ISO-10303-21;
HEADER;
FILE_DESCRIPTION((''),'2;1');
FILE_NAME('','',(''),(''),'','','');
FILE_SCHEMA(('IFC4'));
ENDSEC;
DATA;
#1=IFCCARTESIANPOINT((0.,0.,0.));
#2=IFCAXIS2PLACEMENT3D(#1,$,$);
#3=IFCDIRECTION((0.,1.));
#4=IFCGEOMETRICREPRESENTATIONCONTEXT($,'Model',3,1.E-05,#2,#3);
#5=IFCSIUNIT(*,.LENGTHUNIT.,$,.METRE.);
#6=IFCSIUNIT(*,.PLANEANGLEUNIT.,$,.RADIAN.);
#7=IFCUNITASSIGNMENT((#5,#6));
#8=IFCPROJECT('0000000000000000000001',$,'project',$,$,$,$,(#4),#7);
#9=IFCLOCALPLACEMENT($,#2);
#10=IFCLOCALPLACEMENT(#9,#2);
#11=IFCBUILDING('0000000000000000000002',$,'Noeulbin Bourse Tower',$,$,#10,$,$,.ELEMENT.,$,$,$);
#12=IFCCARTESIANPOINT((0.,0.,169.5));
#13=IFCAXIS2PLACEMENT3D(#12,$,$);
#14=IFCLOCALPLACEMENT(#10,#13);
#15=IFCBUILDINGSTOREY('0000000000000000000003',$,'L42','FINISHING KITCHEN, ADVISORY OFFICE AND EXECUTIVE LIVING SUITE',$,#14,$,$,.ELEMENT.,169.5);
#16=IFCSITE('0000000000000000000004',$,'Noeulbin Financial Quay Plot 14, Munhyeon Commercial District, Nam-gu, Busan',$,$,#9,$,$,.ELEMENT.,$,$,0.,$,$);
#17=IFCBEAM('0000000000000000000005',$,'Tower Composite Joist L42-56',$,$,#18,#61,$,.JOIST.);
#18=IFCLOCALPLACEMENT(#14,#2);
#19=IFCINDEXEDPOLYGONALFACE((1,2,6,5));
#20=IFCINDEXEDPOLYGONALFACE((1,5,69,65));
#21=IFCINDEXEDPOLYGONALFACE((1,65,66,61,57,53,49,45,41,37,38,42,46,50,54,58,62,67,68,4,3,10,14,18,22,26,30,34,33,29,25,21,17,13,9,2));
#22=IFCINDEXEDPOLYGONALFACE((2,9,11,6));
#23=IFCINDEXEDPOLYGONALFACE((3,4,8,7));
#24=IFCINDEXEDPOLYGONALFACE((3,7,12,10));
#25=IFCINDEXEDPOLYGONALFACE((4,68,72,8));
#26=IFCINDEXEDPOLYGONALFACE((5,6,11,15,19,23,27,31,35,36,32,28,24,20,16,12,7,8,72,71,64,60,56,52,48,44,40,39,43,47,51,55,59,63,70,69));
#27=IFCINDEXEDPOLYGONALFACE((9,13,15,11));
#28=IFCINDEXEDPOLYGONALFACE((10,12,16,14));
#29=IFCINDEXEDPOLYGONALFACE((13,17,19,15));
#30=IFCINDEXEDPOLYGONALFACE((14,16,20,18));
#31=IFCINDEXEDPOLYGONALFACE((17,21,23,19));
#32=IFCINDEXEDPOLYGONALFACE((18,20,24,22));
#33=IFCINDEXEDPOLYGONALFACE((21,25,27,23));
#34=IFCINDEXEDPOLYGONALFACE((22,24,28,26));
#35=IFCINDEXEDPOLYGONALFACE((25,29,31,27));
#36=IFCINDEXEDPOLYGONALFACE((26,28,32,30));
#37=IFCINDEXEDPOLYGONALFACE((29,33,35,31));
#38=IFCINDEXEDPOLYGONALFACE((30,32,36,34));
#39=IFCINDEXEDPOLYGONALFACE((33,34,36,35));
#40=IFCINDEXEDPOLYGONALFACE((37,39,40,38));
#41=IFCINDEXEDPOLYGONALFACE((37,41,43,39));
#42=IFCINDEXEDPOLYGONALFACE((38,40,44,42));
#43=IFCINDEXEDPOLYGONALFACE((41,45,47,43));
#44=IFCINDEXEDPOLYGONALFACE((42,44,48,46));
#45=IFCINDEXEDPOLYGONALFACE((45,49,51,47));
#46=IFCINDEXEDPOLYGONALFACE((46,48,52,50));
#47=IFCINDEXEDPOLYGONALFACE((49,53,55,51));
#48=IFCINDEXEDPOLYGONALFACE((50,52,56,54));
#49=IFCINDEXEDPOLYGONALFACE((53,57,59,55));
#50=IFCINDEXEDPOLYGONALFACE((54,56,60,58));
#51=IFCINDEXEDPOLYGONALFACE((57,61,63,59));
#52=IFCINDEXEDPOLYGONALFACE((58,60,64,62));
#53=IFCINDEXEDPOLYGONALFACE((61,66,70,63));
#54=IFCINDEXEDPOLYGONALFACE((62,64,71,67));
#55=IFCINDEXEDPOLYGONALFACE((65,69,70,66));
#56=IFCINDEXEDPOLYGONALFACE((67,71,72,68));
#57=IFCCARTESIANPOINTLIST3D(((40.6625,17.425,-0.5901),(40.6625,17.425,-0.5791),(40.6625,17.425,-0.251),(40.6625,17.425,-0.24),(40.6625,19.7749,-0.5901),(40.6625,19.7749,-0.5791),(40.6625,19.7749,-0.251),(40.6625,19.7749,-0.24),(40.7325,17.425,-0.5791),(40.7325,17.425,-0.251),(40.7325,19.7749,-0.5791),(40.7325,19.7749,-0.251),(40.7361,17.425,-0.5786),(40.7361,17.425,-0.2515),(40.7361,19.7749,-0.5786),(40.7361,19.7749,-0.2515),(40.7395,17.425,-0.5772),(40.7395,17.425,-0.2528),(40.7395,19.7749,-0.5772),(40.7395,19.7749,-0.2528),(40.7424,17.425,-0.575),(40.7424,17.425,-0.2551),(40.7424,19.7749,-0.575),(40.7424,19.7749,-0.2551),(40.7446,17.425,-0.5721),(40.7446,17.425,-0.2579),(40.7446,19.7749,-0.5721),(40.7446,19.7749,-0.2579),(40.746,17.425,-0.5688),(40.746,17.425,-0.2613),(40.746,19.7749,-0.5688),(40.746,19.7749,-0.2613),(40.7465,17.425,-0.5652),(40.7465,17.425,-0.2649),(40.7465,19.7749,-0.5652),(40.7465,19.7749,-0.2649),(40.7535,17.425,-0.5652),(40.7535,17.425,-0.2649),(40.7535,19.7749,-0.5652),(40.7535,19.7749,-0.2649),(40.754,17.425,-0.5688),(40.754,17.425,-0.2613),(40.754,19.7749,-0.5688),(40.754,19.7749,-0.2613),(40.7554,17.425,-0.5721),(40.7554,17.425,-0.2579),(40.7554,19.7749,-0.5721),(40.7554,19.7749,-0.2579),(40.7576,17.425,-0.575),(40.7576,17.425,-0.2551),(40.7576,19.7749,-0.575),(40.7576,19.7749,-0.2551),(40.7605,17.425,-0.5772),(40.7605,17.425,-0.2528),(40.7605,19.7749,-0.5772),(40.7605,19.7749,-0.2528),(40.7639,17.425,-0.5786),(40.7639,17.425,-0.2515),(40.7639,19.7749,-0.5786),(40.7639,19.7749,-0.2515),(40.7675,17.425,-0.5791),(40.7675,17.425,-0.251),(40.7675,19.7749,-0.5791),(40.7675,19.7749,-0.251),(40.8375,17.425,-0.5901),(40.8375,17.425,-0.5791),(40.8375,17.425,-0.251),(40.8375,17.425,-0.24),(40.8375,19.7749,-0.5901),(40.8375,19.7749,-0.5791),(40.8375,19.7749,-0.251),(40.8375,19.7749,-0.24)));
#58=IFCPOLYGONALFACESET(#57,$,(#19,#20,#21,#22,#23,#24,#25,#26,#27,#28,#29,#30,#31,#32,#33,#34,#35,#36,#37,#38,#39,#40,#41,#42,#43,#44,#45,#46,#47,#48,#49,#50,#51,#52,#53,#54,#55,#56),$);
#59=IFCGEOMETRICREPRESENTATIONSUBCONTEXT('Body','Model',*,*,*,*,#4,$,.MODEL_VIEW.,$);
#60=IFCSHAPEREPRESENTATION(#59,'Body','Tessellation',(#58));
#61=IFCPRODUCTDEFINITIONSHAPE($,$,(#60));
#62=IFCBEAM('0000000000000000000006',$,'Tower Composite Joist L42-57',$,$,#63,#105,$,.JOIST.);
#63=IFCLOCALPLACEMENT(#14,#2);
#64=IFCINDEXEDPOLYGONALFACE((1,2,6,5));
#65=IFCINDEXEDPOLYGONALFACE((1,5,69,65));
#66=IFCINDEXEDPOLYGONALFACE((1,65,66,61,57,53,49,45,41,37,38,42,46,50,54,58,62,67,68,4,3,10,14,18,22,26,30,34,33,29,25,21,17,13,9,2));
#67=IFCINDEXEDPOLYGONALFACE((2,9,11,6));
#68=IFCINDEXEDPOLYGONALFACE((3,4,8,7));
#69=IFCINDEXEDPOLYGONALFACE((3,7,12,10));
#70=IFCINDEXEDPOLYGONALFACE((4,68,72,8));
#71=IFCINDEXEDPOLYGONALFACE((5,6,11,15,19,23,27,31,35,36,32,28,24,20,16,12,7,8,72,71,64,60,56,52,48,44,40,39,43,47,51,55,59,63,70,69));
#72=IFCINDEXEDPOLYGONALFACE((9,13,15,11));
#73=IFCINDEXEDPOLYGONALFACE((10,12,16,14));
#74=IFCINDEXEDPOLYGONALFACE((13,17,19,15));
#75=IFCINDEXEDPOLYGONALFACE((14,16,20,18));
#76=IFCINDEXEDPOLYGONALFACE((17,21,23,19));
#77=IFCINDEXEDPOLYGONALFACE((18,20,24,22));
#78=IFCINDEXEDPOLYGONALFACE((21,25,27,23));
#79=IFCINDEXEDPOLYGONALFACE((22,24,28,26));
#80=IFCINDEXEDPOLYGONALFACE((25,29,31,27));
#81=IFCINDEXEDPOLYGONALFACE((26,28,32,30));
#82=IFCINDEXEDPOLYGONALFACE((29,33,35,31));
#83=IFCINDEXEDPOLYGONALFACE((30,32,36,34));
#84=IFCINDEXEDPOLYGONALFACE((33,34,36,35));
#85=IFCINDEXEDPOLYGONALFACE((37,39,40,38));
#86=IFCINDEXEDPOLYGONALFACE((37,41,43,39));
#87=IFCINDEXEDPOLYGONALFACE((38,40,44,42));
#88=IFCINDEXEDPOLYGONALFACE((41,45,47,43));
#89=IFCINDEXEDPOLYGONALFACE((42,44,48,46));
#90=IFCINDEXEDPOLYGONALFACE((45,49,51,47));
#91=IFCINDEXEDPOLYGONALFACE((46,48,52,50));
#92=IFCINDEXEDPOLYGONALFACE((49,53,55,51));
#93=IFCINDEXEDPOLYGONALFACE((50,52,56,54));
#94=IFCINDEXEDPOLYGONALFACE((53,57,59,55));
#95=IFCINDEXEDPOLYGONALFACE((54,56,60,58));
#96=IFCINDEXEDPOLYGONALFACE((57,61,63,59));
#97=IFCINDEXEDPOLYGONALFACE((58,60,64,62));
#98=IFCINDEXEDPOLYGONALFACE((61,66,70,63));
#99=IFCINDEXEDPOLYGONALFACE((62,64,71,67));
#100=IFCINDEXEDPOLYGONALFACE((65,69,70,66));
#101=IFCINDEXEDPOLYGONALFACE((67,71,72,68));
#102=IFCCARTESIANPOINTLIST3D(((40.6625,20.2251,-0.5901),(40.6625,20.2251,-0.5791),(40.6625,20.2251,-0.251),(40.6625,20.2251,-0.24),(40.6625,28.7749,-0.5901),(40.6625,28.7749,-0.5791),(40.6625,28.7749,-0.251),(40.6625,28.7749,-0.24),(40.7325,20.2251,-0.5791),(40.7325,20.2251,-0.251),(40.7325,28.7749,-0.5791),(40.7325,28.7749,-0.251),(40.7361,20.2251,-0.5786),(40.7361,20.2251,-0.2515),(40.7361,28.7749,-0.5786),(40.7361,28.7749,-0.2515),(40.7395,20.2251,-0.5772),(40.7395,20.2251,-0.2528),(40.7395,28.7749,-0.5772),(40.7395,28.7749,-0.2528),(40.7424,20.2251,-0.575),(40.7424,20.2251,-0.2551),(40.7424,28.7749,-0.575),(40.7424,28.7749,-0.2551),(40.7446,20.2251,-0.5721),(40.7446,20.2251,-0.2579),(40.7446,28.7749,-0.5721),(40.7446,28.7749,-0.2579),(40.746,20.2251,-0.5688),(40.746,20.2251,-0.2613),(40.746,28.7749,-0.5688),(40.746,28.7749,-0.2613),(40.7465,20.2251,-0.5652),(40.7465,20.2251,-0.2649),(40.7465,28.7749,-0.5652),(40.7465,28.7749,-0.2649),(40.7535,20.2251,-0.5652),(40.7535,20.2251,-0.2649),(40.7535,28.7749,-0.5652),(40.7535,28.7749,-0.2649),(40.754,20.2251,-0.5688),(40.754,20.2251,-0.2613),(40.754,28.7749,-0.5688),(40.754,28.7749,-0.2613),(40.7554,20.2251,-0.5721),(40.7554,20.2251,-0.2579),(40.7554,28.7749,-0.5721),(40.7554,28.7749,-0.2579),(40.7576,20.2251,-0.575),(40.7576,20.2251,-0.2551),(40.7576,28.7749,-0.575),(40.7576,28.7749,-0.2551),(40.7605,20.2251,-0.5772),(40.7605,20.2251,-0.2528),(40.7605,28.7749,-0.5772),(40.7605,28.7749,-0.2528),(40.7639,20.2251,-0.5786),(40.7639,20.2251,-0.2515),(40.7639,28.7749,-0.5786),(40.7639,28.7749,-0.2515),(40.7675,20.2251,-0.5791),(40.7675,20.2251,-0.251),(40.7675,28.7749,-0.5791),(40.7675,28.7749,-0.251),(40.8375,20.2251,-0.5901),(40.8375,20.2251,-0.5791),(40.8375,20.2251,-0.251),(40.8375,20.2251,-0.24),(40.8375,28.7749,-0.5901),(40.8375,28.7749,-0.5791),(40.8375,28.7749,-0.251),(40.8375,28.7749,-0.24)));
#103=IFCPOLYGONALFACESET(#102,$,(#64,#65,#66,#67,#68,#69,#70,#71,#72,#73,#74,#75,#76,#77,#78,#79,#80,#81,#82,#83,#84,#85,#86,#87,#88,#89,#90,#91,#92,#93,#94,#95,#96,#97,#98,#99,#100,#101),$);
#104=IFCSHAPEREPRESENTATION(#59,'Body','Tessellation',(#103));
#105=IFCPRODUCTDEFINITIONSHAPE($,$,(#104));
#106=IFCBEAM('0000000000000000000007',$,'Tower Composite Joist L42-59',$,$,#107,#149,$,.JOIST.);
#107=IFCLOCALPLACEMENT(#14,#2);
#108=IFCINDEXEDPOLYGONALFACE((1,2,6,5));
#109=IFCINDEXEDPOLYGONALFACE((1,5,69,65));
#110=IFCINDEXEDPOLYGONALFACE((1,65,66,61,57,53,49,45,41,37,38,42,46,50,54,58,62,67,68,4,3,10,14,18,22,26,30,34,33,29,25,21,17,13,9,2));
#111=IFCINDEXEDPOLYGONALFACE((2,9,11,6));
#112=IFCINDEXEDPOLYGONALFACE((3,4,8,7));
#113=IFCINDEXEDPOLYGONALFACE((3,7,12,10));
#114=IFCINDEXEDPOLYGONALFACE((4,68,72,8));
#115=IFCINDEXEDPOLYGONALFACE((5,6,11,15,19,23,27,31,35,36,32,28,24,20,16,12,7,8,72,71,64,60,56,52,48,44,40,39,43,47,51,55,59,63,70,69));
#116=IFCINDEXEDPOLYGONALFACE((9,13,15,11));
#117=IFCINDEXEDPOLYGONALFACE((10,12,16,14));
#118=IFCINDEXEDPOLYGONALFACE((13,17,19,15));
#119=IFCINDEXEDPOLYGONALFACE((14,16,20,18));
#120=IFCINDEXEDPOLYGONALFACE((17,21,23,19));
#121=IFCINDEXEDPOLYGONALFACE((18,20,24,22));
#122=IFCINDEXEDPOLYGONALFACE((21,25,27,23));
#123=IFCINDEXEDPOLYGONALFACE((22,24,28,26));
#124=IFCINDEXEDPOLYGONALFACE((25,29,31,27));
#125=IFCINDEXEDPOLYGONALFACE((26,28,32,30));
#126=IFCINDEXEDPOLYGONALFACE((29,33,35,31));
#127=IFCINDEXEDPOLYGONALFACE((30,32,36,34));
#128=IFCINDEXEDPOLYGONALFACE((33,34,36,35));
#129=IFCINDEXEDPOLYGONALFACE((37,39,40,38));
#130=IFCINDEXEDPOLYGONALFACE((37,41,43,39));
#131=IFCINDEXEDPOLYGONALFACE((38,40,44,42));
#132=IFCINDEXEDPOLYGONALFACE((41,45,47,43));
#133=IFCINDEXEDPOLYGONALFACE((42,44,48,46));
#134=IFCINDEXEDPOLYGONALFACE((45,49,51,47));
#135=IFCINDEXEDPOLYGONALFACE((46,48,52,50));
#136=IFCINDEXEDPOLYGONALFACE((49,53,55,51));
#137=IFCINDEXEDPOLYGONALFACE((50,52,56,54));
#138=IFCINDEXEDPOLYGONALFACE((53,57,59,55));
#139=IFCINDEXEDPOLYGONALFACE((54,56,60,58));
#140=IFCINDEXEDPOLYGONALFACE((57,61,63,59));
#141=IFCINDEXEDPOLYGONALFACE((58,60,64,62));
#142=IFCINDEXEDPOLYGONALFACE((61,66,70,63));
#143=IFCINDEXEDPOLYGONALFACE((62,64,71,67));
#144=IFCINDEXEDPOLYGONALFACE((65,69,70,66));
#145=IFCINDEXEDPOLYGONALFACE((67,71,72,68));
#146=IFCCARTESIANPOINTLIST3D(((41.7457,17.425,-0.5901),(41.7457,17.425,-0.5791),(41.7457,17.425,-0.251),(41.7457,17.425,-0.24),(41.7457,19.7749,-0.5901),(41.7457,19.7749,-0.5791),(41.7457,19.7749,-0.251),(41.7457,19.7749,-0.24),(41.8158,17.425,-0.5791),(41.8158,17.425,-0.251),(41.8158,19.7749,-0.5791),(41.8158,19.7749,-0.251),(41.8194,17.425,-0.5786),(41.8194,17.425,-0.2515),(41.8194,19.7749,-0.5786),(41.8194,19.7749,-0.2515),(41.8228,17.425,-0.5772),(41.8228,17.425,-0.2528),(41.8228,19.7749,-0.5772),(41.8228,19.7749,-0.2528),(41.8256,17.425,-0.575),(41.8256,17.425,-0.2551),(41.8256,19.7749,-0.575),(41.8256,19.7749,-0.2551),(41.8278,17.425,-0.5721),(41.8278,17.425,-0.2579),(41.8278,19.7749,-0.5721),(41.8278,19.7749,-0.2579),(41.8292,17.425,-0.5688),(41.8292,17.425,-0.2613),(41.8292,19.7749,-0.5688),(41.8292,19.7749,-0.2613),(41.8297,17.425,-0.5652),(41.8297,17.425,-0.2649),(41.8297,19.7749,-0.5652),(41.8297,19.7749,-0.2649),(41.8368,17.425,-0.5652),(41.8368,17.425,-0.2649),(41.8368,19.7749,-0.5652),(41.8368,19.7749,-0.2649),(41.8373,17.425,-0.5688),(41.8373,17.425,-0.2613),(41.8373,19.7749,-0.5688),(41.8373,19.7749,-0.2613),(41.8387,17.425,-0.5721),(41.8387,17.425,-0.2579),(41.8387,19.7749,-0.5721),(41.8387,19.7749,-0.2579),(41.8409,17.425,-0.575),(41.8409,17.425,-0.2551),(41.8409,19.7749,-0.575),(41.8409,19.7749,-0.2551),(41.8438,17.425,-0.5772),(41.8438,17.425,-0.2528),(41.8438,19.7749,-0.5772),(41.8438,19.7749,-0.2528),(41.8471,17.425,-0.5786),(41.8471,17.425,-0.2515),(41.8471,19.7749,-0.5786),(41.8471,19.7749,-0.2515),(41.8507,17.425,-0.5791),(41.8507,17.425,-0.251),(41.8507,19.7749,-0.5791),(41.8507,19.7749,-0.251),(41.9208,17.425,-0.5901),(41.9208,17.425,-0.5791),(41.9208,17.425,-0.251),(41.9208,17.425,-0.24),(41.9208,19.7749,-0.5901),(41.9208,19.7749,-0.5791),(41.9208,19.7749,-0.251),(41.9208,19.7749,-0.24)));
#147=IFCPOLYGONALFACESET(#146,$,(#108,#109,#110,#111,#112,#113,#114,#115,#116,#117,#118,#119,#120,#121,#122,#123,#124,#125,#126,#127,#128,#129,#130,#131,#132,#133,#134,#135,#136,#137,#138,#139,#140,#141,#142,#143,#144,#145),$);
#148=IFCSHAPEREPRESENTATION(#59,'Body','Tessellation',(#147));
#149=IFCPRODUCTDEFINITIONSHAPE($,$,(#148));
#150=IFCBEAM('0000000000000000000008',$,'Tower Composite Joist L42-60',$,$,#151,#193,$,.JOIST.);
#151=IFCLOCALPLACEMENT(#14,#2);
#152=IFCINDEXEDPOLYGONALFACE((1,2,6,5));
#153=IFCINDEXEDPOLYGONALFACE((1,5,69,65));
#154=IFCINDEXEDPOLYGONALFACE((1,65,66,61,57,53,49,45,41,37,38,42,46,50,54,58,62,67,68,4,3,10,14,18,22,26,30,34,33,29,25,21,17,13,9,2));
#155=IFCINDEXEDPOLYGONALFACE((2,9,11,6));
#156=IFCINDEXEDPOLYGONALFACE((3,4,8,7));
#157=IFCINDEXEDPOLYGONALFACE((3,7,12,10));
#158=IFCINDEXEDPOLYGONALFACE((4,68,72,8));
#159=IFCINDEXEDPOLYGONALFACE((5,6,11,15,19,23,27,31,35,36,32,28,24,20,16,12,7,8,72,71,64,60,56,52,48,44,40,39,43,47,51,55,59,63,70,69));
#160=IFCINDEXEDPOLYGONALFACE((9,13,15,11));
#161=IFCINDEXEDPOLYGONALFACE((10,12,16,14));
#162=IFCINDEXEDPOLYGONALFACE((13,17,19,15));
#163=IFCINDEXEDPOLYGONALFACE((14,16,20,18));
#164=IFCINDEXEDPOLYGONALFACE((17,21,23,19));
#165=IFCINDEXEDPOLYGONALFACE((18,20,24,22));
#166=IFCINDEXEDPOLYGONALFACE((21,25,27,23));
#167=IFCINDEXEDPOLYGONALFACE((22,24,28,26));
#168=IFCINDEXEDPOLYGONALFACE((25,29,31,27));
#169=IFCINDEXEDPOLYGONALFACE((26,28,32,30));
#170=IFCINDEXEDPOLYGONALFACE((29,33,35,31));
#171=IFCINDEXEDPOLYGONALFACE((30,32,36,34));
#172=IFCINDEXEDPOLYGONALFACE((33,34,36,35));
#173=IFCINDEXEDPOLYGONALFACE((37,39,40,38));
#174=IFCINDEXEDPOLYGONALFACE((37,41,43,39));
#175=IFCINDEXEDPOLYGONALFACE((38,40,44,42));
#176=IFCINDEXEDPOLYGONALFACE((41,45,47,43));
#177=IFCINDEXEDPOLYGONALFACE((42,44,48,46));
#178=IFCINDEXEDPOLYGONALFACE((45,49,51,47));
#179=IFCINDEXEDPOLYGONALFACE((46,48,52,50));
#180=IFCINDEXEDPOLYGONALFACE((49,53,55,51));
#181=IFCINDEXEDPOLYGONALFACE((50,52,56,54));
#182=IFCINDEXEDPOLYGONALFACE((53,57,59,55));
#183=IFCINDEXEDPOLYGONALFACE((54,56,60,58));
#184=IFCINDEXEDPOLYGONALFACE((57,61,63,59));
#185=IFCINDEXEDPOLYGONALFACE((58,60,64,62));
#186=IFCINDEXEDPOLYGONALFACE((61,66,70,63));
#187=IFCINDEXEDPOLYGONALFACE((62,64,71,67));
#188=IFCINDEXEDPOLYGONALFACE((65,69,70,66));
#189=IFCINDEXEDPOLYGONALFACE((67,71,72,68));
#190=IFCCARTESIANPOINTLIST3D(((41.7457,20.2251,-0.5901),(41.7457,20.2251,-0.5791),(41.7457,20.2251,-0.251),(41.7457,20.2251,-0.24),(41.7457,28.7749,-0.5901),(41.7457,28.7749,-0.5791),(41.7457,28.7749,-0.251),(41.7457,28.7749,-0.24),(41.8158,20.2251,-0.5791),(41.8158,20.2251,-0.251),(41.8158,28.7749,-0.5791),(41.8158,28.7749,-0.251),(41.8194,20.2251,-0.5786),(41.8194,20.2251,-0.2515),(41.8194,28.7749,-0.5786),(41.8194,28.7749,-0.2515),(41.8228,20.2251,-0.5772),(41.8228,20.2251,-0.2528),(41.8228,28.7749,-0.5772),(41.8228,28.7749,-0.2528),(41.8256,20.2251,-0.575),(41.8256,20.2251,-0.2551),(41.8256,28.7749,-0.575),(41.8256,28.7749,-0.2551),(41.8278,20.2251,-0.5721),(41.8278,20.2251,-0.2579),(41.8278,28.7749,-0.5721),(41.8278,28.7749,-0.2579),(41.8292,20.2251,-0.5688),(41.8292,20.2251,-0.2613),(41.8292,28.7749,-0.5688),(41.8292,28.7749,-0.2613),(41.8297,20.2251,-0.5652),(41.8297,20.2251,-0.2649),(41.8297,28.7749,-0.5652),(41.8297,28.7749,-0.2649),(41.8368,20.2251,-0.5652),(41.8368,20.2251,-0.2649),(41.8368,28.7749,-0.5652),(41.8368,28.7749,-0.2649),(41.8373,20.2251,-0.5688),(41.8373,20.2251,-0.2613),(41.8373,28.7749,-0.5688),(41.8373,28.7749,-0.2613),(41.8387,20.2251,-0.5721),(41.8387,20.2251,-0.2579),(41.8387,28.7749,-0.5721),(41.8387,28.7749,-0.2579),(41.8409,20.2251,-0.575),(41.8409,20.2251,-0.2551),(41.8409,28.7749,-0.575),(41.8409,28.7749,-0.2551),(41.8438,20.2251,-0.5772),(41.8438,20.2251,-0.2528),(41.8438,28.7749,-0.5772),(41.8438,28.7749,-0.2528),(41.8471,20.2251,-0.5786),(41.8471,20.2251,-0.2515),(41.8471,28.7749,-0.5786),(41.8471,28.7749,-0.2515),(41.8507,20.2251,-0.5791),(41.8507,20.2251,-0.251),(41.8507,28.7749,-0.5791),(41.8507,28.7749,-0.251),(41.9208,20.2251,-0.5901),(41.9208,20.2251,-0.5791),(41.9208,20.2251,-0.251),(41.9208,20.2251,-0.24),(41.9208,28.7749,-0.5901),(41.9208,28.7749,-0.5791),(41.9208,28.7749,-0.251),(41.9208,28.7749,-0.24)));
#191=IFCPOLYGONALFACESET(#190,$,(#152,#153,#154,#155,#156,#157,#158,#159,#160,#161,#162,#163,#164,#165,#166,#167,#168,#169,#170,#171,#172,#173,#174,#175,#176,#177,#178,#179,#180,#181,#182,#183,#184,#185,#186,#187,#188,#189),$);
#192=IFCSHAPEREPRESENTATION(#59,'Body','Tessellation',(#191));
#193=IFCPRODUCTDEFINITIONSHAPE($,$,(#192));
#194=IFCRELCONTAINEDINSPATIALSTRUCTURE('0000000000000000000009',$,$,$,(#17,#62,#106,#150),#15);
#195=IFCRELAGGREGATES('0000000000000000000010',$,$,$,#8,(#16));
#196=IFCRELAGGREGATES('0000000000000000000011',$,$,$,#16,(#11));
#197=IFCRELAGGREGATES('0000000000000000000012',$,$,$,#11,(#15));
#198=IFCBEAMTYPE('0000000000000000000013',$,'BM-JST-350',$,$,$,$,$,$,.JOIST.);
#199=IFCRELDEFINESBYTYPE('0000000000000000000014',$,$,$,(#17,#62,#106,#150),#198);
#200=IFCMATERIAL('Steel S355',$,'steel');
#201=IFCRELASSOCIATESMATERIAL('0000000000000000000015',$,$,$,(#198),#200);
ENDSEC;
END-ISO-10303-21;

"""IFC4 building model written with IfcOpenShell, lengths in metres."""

from ifc_helpers import new_model, si_unit, direction, frame, origin, origin_2d, place, context, subcontext, project, spatial, i_section, extrude, material, material_profile, profile_set, type_object, element, save


model = new_model("IFC4")

# Units and contexts
model_context = context("Model", 3, precision=1e-05, world=origin(), true_north=direction((0.0, 1.0)))
body_context = subcontext(model_context, "Body", "Model", "MODEL_VIEW")
ifc_project = project(units=[si_unit("LENGTHUNIT", "METRE"), si_unit("PLANEANGLEUNIT", "RADIAN")], contexts=[model_context])

# Site, building, storey
site_placement = place(None, origin())
site = spatial("IfcSite", under=ifc_project, at=site_placement, Name="Noeulbin Financial Quay Plot 14, Munhyeon Commercial District, Nam-gu, Busan", CompositionType="ELEMENT", RefElevation=0.0)
building_placement = place(site_placement, origin())
building = spatial("IfcBuilding", under=site, at=building_placement, Name="Noeulbin Bourse Tower", CompositionType="ELEMENT")
storey_placement = place(building_placement, frame((0.0, 0.0, 169.5)))
storey = spatial("IfcBuildingStorey", under=building, at=storey_placement, Name="L42", Description="FINISHING KITCHEN, ADVISORY OFFICE AND EXECUTIVE LIVING SUITE", CompositionType="ELEMENT", Elevation=169.5)

# Beams
ifc_material_1 = material(Name="Steel S355", Category="steel")
ifc_material_profile_1 = material_profile(ifc_material_1, i_section(OverallWidth=0.175, OverallDepth=0.3501, WebThickness=0.0071, FlangeThickness=0.011, FilletRadius=0.0139, at=origin_2d()), Name="H-350x175x7x11", Category="LoadBearing")
ifc_profile_set_1 = profile_set([ifc_material_profile_1], Name="Steel S355")
beam_type_1 = type_object("IfcBeamType", Name="BM-JST-350", PredefinedType="JOIST", material=ifc_profile_set_1)
beam_1_placement = place(storey_placement, frame((40.75, 17.425, -0.415), z_axis=(0.0, 1.0, 0.0), x_axis=(-1.0, 0.0, 0.0)))
element("IfcBeam", 1, at=beam_1_placement, inside=storey, type_object=beam_type_1, Name="Tower Composite Joist L42-56", PredefinedType="JOIST", context=body_context, shape_type="SweptSolid", body=[
    extrude(i_section(OverallWidth=0.175, OverallDepth=0.3501, WebThickness=0.0071, FlangeThickness=0.011, FilletRadius=0.0139, at=origin_2d()), origin(), (0.0, 0.0, 1.0), 2.3499),
])
beam_2_placement = place(storey_placement, frame((40.75, 20.2251, -0.415), z_axis=(0.0, 1.0, 0.0), x_axis=(-1.0, 0.0, 0.0)))
element("IfcBeam", 2, at=beam_2_placement, inside=storey, type_object=beam_type_1, Name="Tower Composite Joist L42-57", PredefinedType="JOIST", context=body_context, shape_type="SweptSolid", body=[
    extrude(i_section(OverallWidth=0.175, OverallDepth=0.3501, WebThickness=0.0071, FlangeThickness=0.011, FilletRadius=0.0139, at=origin_2d()), origin(), (0.0, 0.0, 1.0), 8.5498),
])
beam_3_placement = place(storey_placement, frame((41.8333, 17.425, -0.415), z_axis=(0.0, 1.0, 0.0), x_axis=(-1.0, 0.0, 0.0)))
element("IfcBeam", 3, at=beam_3_placement, inside=storey, type_object=beam_type_1, Name="Tower Composite Joist L42-59", PredefinedType="JOIST", context=body_context, shape_type="SweptSolid", body=[
    extrude(i_section(OverallWidth=0.175, OverallDepth=0.3501, WebThickness=0.0071, FlangeThickness=0.011, FilletRadius=0.0139, at=origin_2d()), origin(), (0.0, 0.0, 1.0), 2.3499),
])
beam_4_placement = place(storey_placement, frame((41.8333, 20.2251, -0.415), z_axis=(0.0, 1.0, 0.0), x_axis=(-1.0, 0.0, 0.0)))
element("IfcBeam", 4, at=beam_4_placement, inside=storey, type_object=beam_type_1, Name="Tower Composite Joist L42-60", PredefinedType="JOIST", context=body_context, shape_type="SweptSolid", body=[
    extrude(i_section(OverallWidth=0.175, OverallDepth=0.3501, WebThickness=0.0071, FlangeThickness=0.011, FilletRadius=0.0139, at=origin_2d()), origin(), (0.0, 0.0, 1.0), 8.5498),
])

save(model, "model.ifc")
